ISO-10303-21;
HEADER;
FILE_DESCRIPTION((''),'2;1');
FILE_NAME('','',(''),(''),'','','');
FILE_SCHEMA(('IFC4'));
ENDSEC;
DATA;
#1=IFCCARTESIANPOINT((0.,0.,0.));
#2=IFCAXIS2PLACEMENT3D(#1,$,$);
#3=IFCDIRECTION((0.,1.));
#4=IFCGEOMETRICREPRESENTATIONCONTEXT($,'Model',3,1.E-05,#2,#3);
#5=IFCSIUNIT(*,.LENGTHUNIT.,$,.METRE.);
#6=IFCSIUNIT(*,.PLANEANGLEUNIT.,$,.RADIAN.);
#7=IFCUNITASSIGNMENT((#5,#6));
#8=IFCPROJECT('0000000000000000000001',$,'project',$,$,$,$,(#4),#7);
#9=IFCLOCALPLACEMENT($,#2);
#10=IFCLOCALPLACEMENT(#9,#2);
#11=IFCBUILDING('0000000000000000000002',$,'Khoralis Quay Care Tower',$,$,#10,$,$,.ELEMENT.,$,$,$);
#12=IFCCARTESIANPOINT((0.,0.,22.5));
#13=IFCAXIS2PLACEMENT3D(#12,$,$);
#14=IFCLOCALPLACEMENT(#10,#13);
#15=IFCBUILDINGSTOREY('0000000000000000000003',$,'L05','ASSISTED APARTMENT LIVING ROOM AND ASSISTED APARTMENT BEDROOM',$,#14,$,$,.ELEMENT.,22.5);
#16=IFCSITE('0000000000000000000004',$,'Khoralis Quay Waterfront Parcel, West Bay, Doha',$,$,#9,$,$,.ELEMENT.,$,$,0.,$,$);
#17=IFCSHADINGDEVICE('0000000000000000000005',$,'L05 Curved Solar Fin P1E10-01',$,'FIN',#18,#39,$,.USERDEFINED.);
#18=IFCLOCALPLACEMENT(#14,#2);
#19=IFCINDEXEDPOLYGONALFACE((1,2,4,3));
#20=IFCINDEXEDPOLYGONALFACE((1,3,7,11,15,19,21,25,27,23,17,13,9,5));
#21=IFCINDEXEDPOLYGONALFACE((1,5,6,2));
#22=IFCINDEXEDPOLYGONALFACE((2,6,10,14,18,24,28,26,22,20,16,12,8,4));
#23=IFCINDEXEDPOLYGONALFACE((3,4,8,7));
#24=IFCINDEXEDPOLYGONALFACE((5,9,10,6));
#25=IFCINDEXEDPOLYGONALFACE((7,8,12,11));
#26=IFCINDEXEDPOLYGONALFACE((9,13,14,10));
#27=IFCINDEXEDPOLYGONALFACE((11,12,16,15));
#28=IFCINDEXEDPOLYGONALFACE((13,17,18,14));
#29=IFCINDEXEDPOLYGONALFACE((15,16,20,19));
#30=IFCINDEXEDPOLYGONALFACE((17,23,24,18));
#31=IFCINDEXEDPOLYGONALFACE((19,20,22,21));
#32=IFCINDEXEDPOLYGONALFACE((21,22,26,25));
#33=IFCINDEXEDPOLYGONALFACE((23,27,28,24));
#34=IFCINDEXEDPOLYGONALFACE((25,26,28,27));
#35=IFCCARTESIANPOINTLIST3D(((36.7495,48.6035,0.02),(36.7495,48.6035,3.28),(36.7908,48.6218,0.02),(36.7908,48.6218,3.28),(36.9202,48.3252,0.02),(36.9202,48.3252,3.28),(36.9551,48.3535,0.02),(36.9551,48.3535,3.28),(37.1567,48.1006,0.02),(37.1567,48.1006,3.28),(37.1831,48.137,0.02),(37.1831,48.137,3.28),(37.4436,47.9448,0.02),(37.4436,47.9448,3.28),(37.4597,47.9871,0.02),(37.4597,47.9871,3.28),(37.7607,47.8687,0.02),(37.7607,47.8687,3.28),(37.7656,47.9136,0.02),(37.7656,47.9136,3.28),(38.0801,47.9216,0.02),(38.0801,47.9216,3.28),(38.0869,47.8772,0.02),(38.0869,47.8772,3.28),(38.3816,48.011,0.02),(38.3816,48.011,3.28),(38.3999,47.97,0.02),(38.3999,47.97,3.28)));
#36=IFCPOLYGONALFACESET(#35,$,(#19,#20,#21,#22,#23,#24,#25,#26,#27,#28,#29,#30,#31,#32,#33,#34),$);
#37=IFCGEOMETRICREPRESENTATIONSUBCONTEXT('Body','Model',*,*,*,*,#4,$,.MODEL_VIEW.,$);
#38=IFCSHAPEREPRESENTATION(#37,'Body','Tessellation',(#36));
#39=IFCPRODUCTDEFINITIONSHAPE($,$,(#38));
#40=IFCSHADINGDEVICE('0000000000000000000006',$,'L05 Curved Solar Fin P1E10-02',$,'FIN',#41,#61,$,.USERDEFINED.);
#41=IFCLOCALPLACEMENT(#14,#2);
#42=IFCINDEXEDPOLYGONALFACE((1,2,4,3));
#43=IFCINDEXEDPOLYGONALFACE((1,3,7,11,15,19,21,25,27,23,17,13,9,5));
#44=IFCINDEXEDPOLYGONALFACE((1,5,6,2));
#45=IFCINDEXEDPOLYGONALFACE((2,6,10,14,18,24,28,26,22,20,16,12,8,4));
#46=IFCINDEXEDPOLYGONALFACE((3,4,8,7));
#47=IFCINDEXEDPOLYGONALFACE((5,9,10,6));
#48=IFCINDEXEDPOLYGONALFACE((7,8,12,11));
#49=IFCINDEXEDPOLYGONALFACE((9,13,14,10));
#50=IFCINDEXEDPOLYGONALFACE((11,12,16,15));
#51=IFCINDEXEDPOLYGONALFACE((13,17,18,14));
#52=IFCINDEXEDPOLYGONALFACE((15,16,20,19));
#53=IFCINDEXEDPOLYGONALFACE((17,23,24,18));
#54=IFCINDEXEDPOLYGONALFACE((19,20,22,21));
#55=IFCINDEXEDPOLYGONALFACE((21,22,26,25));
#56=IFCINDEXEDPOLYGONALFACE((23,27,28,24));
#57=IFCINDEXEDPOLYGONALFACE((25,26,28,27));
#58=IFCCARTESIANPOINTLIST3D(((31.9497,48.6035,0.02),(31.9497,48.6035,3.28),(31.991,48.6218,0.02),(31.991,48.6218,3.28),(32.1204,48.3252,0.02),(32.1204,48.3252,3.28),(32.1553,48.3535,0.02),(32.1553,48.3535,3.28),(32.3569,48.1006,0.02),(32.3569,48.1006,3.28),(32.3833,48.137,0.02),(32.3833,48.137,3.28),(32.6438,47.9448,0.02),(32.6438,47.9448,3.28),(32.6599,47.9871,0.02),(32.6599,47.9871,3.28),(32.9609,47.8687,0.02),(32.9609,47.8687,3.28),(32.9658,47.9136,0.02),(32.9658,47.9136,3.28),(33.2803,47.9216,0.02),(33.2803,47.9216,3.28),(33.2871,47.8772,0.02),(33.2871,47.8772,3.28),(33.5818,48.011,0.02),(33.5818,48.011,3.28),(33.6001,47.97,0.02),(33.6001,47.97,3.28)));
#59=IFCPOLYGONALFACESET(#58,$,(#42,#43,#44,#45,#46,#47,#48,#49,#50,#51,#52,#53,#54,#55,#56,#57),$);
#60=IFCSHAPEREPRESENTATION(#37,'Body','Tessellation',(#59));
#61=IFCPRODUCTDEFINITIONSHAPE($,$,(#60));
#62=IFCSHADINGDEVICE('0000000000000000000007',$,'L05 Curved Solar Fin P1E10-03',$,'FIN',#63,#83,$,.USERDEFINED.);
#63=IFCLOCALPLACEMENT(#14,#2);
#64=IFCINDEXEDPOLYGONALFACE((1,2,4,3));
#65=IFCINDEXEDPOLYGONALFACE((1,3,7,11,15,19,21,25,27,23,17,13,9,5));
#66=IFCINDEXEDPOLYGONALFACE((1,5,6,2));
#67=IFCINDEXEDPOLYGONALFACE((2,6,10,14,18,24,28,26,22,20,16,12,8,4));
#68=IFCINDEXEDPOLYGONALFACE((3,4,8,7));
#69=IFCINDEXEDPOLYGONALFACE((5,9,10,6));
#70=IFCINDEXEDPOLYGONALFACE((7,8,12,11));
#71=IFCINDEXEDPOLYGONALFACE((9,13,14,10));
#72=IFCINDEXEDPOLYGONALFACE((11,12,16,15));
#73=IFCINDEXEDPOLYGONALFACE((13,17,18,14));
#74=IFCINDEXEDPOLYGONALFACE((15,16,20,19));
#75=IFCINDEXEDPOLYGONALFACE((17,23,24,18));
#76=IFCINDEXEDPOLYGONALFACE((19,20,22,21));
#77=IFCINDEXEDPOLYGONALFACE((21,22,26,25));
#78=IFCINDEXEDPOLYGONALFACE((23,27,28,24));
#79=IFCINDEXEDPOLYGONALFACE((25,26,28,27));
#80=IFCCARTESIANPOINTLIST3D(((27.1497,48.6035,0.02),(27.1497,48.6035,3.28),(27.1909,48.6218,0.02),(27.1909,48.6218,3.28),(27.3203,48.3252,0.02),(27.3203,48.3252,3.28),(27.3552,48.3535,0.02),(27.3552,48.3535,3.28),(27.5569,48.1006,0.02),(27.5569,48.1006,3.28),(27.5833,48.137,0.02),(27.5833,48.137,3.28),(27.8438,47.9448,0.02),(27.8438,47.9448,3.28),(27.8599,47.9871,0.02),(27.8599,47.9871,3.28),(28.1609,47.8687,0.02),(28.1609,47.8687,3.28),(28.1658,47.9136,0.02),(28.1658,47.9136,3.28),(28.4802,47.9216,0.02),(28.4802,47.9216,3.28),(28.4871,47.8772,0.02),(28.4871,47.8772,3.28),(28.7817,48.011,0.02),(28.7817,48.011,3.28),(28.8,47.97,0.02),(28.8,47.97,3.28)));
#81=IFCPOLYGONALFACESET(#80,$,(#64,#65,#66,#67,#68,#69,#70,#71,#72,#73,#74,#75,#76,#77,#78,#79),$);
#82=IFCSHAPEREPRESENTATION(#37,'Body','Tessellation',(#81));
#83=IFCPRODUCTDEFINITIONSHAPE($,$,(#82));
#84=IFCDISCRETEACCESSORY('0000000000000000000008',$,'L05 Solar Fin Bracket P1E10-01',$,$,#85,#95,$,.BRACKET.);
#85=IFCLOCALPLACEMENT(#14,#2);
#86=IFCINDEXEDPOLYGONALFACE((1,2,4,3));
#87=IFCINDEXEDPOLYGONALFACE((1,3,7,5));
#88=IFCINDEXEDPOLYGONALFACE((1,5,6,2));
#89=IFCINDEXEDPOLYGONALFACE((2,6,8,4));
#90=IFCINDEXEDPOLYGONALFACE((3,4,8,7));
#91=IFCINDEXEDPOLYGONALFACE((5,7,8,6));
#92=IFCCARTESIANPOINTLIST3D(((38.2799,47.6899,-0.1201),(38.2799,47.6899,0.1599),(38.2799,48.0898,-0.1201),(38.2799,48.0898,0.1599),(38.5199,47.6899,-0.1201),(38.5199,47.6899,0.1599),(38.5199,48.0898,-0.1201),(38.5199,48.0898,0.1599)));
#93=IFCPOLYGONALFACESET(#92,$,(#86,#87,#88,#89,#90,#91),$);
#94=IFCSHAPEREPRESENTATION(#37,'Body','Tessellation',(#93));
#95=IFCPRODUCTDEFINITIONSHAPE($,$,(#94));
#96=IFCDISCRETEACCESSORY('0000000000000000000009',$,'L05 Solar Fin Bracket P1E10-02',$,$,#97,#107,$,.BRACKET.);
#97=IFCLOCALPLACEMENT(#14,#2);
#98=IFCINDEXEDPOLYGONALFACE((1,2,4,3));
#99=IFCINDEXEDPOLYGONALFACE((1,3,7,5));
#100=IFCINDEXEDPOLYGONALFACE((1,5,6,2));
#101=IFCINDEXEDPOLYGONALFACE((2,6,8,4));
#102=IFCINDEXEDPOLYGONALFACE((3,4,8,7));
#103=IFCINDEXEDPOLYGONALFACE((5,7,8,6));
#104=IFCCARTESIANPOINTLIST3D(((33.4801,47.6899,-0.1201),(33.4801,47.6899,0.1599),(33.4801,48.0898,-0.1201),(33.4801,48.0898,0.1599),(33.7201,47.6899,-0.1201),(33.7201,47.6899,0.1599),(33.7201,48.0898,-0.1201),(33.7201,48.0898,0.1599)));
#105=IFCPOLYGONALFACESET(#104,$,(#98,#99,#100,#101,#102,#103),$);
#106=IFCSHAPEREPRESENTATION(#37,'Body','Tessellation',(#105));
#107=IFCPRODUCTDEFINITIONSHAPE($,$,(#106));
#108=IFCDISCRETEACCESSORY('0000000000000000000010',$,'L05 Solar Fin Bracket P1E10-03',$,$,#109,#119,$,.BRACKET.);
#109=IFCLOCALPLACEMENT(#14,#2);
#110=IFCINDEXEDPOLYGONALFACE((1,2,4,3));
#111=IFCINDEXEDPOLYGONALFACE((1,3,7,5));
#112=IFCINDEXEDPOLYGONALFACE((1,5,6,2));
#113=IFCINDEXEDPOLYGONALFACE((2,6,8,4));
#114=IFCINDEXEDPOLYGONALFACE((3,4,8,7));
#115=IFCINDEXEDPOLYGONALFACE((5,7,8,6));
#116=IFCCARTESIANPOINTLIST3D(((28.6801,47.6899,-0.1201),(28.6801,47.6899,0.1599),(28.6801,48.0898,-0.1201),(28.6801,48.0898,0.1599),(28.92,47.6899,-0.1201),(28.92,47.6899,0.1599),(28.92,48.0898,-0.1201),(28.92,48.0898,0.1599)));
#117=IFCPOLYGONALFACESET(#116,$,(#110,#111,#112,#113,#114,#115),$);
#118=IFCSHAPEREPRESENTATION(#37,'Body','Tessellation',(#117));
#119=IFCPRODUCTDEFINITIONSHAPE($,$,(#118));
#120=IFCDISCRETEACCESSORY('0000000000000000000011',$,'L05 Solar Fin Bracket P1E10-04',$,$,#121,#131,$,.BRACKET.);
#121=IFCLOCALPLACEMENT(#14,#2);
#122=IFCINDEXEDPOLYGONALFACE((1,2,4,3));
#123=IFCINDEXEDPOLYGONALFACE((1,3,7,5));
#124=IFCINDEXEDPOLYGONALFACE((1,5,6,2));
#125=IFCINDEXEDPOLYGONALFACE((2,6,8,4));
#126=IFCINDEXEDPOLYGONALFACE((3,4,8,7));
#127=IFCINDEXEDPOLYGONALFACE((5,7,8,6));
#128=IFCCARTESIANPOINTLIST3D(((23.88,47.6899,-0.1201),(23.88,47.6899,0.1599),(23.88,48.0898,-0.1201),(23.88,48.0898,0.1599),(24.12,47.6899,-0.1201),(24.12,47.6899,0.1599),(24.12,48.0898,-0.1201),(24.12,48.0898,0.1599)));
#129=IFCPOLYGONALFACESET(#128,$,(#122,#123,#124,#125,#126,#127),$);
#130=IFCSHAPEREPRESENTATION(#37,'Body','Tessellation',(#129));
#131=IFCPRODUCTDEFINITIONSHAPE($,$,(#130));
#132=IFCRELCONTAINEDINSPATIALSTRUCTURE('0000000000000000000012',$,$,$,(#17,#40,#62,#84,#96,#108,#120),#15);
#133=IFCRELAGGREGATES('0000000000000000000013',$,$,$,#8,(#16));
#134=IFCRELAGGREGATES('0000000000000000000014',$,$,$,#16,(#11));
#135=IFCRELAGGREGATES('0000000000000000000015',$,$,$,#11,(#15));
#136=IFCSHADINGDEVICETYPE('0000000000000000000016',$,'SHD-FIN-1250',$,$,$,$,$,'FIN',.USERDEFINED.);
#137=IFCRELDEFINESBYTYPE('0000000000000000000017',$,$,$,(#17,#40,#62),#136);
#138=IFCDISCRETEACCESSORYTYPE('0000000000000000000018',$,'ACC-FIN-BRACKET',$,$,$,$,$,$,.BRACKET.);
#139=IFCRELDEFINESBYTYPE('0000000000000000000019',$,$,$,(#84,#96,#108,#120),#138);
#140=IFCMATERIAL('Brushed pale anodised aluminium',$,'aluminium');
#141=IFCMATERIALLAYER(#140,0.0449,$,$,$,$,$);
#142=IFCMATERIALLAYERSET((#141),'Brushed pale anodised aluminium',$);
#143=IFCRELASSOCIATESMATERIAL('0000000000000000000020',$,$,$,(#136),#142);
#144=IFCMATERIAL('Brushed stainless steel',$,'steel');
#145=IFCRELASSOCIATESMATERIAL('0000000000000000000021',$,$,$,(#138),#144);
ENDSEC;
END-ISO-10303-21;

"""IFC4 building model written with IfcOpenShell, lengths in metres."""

from ifc_helpers import new_model, si_unit, direction, frame, origin, origin_2d, place, context, subcontext, project, spatial, polyline, rectangle, outline, extrude, source, transform, mapped, material, layer, layer_set, type_object, element, save


model = new_model("IFC4")

# Units and contexts
model_context = context("Model", 3, precision=1e-05, world=origin(), true_north=direction((0.0, 1.0)))
body_context = subcontext(model_context, "Body", "Model", "MODEL_VIEW")
ifc_project = project(units=[si_unit("LENGTHUNIT", "METRE"), si_unit("PLANEANGLEUNIT", "RADIAN")], contexts=[model_context])

# Site, building, storey
site_placement = place(None, origin())
site = spatial("IfcSite", under=ifc_project, at=site_placement, Name="Khoralis Quay Waterfront Parcel, West Bay, Doha", CompositionType="ELEMENT", RefElevation=0.0)
building_placement = place(site_placement, origin())
building = spatial("IfcBuilding", under=site, at=building_placement, Name="Khoralis Quay Care Tower", CompositionType="ELEMENT")
storey_placement = place(building_placement, frame((0.0, 0.0, 22.5)))
storey = spatial("IfcBuildingStorey", under=building, at=storey_placement, Name="L05", Description="ASSISTED APARTMENT LIVING ROOM AND ASSISTED APARTMENT BEDROOM", CompositionType="ELEMENT", Elevation=22.5)

# Shading devices
ifc_material_1 = material(Name="Brushed pale anodised aluminium", Category="aluminium")
ifc_layer_1 = layer(ifc_material_1, 0.0449)
ifc_layer_set_1 = layer_set([ifc_layer_1], Name="Brushed pale anodised aluminium")
shading_device_type = type_object("IfcShadingDeviceType", Name="SHD-FIN-1250", ElementType="FIN", PredefinedType="USERDEFINED", material=ifc_layer_set_1)
shared_shape_1 = source(origin(), body_context, "Body", "SweptSolid", [
    extrude(outline(polyline([(0.0, 0.0), (-0.0928, 0.313), (-0.1013, 0.6392), (-0.0251, 0.9563), (0.1306, 1.2432), (0.3552, 1.4797), (0.6335, 1.6504), (0.6519, 1.6091), (0.3835, 1.4448), (0.167, 1.2168), (0.0171, 0.9402), (-0.0564, 0.6343), (-0.0483, 0.3198), (0.041, 0.0183), (0.0, 0.0)])), origin(), (0.0, 0.0, 1.0), 3.26),
])
for number, where, z_axis, x_axis, name in (
    (1, (38.3999, 47.97, 0.02), (0.0, 0.0, 1.0), (0.0, 1.0, 0.0), "L05 Curved Solar Fin P1E10-01"),
    (2, (33.6001, 47.97, 0.02), (0.0, 0.0, 1.0), (0.0, 1.0, 0.0), "L05 Curved Solar Fin P1E10-02"),
    (3, (28.8, 47.97, 0.02), (0.0, 0.0, 1.0), (0.0, 1.0, 0.0), "L05 Curved Solar Fin P1E10-03"),
):
    element("IfcShadingDevice", number, at=place(storey_placement, frame(where, z_axis=z_axis, x_axis=x_axis)), inside=storey, type_object=shading_device_type, Name=name, ObjectType="FIN", PredefinedType="USERDEFINED", context=body_context, shape_type="MappedRepresentation", body=[
        mapped(shared_shape_1, transform((0.0, 0.0, 0.0), scale=1.0)),
    ])

# Discrete accessories
ifc_material_2 = material(Name="Brushed stainless steel", Category="steel")
discrete_accessory_type = type_object("IfcDiscreteAccessoryType", Name="ACC-FIN-BRACKET", PredefinedType="BRACKET", material=ifc_material_2)
shared_shape_2 = source(origin(), body_context, "Body", "SweptSolid", [
    extrude(rectangle(XDim=0.3999, YDim=0.24, at=origin_2d()), origin(), (0.0, 0.0, 1.0), 0.28),
])
for number, where, z_axis, x_axis, name in (
    (4, (38.3999, 47.8899, -0.1201), (0.0, 0.0, 1.0), (0.0, 1.0, 0.0), "L05 Solar Fin Bracket P1E10-01"),
    (5, (33.6001, 47.8899, -0.1201), (0.0, 0.0, 1.0), (0.0, 1.0, 0.0), "L05 Solar Fin Bracket P1E10-02"),
    (6, (28.8, 47.8899, -0.1201), (0.0, 0.0, 1.0), (0.0, 1.0, 0.0), "L05 Solar Fin Bracket P1E10-03"),
    (7, (24.0, 47.8899, -0.1201), (0.0, 0.0, 1.0), (0.0, 1.0, 0.0), "L05 Solar Fin Bracket P1E10-04"),
):
    element("IfcDiscreteAccessory", number, at=place(storey_placement, frame(where, z_axis=z_axis, x_axis=x_axis)), inside=storey, type_object=discrete_accessory_type, Name=name, PredefinedType="BRACKET", context=body_context, shape_type="MappedRepresentation", body=[
        mapped(shared_shape_2, transform((0.0, 0.0, 0.0), scale=1.0)),
    ])

save(model, "model.ifc")
